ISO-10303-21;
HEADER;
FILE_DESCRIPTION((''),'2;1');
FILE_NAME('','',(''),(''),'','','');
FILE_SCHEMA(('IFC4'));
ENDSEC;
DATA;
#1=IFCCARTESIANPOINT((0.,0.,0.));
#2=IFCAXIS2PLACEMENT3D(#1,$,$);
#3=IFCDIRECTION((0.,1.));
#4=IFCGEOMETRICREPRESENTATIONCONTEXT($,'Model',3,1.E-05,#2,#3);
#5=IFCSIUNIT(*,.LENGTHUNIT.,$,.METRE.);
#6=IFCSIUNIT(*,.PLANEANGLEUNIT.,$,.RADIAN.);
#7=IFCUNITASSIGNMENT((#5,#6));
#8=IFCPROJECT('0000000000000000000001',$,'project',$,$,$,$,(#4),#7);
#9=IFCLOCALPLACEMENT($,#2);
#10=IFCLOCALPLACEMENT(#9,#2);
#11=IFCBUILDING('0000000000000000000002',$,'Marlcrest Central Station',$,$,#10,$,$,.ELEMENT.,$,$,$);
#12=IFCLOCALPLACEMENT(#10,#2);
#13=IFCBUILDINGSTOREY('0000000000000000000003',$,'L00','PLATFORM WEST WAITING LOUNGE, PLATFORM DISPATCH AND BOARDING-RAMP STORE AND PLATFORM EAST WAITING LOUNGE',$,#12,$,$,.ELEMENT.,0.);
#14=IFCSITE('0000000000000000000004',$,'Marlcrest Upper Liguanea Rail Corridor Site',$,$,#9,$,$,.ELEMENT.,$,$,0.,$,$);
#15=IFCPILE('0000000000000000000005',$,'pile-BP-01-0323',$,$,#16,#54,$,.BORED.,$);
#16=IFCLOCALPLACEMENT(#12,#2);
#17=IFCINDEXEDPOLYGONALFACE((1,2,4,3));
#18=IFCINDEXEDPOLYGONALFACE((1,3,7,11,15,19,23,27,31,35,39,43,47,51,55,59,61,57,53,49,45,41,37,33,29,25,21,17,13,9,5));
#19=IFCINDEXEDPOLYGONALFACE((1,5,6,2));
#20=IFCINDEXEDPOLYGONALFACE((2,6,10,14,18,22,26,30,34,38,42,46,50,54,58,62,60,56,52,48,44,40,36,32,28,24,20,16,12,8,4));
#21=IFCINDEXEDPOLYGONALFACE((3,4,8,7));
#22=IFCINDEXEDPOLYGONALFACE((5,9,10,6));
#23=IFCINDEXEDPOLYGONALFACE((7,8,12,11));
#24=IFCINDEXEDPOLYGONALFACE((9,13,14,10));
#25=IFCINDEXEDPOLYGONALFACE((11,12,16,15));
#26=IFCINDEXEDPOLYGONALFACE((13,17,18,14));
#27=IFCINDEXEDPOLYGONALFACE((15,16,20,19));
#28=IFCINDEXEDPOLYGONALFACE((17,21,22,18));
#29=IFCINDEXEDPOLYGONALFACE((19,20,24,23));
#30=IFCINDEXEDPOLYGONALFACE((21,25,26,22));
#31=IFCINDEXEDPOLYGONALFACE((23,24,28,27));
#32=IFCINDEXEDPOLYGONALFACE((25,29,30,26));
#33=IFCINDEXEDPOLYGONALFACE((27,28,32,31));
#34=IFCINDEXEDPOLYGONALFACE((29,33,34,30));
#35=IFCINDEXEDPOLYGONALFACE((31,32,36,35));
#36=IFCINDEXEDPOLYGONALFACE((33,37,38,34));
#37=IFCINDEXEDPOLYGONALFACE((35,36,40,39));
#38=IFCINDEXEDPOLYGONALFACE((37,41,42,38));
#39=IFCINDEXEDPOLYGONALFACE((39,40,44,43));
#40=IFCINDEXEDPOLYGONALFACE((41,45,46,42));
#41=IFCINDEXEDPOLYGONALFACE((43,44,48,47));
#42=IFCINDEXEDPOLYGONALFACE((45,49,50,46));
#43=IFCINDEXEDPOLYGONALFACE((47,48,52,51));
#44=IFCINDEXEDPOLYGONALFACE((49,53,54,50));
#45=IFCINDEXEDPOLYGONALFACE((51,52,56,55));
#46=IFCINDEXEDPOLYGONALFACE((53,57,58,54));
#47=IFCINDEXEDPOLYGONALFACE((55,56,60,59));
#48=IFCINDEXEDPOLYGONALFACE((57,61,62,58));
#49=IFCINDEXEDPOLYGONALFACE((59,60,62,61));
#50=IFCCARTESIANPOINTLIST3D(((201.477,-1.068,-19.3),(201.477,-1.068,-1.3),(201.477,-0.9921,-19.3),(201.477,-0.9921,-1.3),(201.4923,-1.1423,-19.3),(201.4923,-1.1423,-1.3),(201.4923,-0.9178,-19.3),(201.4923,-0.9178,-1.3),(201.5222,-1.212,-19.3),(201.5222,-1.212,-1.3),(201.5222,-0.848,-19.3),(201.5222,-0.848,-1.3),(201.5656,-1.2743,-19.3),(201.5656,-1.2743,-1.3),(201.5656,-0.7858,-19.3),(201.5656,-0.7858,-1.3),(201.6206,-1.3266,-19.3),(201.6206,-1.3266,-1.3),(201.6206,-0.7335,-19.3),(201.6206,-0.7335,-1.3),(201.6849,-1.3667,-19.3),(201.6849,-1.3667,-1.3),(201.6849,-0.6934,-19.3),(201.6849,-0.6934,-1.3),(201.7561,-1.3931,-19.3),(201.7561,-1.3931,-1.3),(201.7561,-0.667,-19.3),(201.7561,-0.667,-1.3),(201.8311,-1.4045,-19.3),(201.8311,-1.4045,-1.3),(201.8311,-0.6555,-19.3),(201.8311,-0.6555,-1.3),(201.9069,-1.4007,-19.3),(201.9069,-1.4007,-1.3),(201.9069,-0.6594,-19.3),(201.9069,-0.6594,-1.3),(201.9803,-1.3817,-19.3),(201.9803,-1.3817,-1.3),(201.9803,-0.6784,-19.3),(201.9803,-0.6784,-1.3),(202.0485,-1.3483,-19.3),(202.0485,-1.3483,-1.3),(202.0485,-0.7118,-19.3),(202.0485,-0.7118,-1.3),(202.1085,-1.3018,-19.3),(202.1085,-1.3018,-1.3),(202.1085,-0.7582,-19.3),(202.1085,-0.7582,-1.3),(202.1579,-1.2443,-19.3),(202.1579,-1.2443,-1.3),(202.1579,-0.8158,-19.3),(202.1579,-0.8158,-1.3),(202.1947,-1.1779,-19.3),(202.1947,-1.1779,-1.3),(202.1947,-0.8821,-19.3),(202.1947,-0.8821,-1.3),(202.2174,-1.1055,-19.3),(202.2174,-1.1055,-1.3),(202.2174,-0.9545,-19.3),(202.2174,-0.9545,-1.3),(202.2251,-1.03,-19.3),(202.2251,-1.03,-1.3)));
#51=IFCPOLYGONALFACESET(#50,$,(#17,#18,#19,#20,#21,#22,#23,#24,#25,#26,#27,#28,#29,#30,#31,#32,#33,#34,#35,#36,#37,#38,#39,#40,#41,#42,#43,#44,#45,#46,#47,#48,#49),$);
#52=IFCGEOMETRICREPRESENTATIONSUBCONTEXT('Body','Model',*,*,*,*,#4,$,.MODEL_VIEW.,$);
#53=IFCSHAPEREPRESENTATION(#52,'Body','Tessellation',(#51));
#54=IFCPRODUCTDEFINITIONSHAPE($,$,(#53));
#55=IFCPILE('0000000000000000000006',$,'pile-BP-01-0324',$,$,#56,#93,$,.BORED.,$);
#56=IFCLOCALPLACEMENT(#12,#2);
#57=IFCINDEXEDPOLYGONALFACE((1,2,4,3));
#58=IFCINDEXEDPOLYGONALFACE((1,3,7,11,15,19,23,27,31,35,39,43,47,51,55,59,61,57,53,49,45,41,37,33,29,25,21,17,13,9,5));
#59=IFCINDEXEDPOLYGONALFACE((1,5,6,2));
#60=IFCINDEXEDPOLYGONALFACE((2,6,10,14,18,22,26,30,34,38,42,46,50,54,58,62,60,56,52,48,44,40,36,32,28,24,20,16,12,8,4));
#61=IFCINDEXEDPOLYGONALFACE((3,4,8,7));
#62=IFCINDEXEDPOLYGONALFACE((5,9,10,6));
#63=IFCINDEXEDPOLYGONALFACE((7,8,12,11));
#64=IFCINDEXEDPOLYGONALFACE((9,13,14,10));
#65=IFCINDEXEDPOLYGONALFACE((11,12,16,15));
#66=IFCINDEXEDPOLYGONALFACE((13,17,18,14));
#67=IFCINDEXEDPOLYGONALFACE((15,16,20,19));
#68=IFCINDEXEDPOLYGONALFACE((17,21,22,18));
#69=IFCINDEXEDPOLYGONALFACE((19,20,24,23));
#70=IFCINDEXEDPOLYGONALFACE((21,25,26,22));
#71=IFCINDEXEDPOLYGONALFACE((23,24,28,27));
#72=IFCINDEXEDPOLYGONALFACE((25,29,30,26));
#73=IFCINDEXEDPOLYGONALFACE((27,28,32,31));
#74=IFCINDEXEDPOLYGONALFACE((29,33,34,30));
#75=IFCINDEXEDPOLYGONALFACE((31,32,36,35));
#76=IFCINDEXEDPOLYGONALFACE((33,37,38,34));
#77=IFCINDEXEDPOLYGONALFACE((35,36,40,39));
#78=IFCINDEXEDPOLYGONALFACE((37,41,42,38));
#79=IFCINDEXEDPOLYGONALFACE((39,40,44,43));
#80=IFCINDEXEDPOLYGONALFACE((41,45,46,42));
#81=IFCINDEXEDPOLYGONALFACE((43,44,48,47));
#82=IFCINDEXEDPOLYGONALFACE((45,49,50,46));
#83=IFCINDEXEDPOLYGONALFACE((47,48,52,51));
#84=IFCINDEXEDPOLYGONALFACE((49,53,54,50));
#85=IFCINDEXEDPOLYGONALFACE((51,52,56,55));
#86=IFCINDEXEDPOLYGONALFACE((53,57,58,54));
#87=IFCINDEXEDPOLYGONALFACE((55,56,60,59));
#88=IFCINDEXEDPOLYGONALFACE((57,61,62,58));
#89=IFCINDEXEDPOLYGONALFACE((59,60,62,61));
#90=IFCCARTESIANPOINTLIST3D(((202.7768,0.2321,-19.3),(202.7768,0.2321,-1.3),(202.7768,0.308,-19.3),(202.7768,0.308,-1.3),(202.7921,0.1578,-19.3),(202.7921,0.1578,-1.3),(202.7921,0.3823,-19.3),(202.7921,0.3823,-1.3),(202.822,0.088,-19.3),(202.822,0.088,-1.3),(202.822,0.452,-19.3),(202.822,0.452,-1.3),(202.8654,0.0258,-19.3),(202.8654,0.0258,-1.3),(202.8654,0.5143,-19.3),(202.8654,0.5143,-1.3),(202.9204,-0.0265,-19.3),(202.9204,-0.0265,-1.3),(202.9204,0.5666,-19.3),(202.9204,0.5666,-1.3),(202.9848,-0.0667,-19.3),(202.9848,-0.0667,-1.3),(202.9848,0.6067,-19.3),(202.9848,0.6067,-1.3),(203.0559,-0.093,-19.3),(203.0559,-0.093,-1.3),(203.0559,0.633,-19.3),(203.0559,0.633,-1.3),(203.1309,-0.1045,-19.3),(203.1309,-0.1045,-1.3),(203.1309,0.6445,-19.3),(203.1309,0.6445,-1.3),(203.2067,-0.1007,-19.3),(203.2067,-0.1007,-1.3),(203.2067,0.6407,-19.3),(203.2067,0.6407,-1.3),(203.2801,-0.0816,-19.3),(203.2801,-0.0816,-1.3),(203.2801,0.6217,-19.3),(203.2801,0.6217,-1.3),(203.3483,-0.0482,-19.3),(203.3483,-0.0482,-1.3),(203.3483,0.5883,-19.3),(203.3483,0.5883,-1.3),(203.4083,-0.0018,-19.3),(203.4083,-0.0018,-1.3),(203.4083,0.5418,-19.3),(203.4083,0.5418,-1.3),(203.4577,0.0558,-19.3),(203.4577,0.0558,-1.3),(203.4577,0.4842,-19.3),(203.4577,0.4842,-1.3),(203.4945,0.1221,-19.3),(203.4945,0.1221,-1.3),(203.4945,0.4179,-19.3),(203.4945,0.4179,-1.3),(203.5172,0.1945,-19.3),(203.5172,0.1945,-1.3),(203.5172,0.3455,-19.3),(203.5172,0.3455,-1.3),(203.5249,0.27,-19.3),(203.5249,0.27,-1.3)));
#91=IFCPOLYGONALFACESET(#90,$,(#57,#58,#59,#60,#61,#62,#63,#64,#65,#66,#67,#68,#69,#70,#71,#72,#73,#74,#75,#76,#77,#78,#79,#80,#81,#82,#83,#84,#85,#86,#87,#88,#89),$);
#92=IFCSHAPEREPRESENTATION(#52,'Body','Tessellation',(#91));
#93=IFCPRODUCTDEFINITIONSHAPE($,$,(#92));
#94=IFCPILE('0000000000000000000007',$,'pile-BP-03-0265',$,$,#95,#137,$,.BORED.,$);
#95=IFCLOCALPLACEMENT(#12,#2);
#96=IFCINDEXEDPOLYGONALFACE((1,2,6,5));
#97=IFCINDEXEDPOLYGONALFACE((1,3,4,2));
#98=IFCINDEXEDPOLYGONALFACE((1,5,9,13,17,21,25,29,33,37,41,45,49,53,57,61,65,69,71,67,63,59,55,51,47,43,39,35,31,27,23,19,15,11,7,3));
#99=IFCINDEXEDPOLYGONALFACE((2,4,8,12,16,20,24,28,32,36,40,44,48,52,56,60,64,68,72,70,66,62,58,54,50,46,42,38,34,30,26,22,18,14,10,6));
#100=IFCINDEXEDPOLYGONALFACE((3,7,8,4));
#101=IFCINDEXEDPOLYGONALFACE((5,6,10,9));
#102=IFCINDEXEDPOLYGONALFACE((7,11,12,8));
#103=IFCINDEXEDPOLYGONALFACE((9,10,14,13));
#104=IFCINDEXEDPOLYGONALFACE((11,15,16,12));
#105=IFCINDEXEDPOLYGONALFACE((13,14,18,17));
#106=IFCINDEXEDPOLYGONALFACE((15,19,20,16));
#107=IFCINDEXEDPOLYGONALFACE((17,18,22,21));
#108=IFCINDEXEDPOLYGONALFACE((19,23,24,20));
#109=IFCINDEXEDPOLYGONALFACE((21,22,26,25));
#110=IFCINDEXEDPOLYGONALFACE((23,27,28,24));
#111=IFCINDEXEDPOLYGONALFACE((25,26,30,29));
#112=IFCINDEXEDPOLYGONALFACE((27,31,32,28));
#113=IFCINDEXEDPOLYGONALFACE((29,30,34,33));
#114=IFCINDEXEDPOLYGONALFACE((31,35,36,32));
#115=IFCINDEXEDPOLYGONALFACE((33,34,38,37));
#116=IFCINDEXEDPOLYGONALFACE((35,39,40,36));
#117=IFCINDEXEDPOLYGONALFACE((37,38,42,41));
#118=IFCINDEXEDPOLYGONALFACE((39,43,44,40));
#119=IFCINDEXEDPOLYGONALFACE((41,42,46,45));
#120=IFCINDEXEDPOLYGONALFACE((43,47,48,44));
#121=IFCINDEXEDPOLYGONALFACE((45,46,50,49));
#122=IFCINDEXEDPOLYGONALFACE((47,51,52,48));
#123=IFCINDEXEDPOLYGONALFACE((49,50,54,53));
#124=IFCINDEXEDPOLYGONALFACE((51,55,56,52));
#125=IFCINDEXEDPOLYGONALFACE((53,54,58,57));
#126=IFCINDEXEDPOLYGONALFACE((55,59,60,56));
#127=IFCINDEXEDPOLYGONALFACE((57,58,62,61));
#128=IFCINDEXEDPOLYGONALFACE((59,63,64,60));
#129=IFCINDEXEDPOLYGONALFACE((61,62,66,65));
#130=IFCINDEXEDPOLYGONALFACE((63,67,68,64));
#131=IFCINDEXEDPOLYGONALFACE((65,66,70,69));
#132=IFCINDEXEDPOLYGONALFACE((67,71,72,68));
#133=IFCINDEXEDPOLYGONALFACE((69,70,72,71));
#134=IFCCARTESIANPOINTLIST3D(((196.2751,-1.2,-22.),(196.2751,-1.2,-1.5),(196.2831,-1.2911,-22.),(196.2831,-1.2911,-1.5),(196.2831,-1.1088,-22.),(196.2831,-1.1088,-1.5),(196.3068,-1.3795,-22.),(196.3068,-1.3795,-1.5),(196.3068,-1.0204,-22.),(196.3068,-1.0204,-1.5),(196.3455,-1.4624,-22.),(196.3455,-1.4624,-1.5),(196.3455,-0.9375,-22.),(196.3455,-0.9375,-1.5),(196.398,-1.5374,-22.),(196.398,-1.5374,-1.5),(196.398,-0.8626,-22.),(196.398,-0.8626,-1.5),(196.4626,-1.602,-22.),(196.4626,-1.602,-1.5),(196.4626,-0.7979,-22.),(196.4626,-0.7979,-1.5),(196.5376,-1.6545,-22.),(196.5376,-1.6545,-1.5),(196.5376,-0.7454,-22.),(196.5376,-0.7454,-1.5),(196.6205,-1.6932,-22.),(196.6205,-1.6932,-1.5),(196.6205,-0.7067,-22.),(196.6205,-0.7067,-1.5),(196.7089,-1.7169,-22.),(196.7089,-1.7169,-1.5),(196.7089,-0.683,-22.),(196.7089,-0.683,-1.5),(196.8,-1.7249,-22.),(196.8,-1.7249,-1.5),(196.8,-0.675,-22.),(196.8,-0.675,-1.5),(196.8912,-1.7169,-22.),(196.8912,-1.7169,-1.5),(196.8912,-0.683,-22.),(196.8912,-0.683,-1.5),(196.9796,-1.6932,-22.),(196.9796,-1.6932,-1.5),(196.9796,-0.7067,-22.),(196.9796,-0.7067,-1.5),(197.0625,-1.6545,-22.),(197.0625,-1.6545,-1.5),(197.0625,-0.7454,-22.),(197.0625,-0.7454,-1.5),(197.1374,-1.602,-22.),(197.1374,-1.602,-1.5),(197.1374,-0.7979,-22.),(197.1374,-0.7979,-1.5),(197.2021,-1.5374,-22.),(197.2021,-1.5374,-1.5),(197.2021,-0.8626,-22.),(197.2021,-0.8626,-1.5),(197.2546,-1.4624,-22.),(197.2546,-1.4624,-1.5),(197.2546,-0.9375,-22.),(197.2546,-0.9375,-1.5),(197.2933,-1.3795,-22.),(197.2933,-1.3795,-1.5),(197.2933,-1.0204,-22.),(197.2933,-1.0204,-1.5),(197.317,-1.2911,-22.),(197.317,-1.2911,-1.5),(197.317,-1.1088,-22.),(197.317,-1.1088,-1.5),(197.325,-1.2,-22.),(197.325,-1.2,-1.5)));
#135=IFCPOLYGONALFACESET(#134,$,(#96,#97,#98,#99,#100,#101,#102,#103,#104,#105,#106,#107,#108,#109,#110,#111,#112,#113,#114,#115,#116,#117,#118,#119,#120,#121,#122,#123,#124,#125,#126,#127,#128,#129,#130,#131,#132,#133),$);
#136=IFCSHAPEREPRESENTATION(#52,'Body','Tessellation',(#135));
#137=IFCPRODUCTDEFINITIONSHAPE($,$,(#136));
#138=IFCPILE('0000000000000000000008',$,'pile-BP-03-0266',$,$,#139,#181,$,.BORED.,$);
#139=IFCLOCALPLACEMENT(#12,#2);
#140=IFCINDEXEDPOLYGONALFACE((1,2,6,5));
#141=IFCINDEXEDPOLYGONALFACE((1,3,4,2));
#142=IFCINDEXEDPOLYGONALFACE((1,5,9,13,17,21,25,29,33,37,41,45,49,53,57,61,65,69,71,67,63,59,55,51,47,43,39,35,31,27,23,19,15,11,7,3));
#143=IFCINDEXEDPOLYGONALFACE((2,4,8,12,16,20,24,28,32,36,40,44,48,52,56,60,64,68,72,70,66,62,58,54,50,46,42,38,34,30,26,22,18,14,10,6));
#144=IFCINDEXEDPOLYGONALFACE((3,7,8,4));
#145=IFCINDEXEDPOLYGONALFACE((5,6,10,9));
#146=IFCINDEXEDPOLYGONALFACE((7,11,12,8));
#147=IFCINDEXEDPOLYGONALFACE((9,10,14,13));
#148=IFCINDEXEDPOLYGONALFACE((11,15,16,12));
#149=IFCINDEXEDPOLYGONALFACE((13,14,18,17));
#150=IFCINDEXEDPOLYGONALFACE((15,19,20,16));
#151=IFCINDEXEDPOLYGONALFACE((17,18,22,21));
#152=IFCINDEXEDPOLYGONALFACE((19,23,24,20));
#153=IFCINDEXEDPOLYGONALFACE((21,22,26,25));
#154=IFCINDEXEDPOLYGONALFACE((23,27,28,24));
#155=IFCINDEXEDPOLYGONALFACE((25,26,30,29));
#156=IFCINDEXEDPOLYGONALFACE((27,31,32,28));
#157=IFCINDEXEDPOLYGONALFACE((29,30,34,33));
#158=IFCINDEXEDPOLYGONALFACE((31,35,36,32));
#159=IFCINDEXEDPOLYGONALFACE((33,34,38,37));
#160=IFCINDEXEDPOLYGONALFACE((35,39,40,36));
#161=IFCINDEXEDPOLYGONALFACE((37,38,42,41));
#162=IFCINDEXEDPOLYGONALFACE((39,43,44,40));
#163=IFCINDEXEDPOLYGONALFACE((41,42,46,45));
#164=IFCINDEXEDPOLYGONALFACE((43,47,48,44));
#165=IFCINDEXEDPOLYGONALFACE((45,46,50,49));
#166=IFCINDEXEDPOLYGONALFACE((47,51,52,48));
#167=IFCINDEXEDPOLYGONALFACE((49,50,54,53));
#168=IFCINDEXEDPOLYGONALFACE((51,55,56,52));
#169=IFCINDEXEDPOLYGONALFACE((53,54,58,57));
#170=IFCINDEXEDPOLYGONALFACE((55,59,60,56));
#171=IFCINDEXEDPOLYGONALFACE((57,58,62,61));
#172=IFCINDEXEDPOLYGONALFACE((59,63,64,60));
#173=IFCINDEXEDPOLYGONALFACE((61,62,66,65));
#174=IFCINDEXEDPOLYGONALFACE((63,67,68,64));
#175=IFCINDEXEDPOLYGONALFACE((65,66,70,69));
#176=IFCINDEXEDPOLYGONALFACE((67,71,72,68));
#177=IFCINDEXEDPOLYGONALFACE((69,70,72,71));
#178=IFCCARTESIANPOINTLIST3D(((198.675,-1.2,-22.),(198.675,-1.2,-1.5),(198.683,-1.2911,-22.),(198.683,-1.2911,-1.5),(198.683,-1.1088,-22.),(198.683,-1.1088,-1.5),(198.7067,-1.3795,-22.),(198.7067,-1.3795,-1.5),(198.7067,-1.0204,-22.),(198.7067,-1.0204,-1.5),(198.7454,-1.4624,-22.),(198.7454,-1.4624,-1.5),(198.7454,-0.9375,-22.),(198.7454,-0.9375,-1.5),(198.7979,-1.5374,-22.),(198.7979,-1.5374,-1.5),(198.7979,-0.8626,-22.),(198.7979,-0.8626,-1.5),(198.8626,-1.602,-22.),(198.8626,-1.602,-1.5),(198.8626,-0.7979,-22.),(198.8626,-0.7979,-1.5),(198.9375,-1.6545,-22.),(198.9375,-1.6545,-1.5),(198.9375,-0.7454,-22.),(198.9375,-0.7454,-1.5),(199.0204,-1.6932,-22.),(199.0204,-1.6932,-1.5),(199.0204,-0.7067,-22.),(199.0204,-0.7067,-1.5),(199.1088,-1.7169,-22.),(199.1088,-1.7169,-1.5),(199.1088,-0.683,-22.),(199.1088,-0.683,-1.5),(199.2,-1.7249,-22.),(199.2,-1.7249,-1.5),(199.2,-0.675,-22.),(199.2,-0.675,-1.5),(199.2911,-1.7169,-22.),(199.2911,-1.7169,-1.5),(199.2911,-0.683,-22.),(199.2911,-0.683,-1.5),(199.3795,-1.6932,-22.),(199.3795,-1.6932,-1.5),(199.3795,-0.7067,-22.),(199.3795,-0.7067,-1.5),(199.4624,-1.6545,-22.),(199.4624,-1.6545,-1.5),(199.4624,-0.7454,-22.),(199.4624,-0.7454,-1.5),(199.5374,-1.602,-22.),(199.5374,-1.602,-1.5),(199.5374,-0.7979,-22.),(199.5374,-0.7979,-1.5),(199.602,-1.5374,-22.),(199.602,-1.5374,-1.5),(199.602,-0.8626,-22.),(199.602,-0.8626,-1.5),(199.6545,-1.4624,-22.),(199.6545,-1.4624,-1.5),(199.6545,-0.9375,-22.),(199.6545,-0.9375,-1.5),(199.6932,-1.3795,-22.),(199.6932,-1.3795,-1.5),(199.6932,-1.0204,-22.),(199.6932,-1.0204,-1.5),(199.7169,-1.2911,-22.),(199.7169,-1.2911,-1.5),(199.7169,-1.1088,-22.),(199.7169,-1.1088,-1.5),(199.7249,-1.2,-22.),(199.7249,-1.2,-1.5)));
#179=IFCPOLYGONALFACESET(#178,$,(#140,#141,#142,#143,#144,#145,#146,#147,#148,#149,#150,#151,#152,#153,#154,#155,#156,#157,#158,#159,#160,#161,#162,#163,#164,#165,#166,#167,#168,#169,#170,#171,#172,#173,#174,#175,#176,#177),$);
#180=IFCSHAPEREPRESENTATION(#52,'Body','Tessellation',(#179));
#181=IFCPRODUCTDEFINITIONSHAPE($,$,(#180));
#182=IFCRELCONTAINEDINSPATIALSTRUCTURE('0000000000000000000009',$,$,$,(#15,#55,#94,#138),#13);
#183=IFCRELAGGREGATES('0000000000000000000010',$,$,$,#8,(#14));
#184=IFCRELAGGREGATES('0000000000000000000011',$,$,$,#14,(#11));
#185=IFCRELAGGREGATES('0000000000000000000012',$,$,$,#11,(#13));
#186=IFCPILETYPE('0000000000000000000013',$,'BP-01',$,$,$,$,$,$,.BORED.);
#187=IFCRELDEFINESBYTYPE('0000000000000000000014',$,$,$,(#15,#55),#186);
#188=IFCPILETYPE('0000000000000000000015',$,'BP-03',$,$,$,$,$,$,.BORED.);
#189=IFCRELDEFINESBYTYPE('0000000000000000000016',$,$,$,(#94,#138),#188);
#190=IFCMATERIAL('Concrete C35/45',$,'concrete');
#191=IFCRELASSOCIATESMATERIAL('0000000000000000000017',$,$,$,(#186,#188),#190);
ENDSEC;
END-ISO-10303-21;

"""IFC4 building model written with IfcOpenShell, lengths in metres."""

from ifc_helpers import new_model, si_unit, direction, frame, origin, origin_2d, place, context, subcontext, project, spatial, circle, extrude, material, material_profile, profile_set, type_object, element, save


model = new_model("IFC4")

# Units and contexts
model_context = context("Model", 3, precision=1e-05, world=origin(), true_north=direction((0.0, 1.0)))
body_context = subcontext(model_context, "Body", "Model", "MODEL_VIEW")
ifc_project = project(units=[si_unit("LENGTHUNIT", "METRE"), si_unit("PLANEANGLEUNIT", "RADIAN")], contexts=[model_context])

# Site, building, storey
site_placement = place(None, origin())
site = spatial("IfcSite", under=ifc_project, at=site_placement, Name="Marlcrest Upper Liguanea Rail Corridor Site", CompositionType="ELEMENT", RefElevation=0.0)
building_placement = place(site_placement, origin())
building = spatial("IfcBuilding", under=site, at=building_placement, Name="Marlcrest Central Station", CompositionType="ELEMENT")
storey_placement = place(building_placement, origin())
storey = spatial("IfcBuildingStorey", under=building, at=storey_placement, Name="L00", Description="PLATFORM WEST WAITING LOUNGE, PLATFORM DISPATCH AND BOARDING-RAMP STORE AND PLATFORM EAST WAITING LOUNGE", CompositionType="ELEMENT", Elevation=0.0)

# Piles
ifc_material_1 = material(Name="Concrete C35/45", Category="concrete")
ifc_material_profile_1 = material_profile(ifc_material_1, circle(Radius=0.375, at=origin_2d()), Name="PILE D750")
ifc_profile_set_1 = profile_set([ifc_material_profile_1], Name="Concrete C35/45")
pile_type_1 = type_object("IfcPileType", Name="BP-01", PredefinedType="BORED", material=ifc_profile_set_1)
for number, where, z_axis, x_axis, name in (
    (1, (201.8501, -1.03, -1.3), (0.0, 0.0, -1.0), (1.0, 0.0, 0.0), "pile-BP-01-0323"),
    (2, (203.1499, 0.27, -1.3), (0.0, 0.0, -1.0), (1.0, 0.0, 0.0), "pile-BP-01-0324"),
):
    element("IfcPile", number, at=place(storey_placement, frame(where, z_axis=z_axis, x_axis=x_axis)), inside=storey, type_object=pile_type_1, Name=name, PredefinedType="BORED", context=body_context, shape_type="SweptSolid", body=[
        extrude(circle(Radius=0.375, at=origin_2d()), origin(), (0.0, 0.0, 1.0), 18.0),
    ])
ifc_material_profile_2 = material_profile(ifc_material_1, circle(Radius=0.5249, at=origin_2d()), Name="PILE D1050")
ifc_profile_set_2 = profile_set([ifc_material_profile_2], Name="Concrete C35/45")
pile_type_2 = type_object("IfcPileType", Name="BP-03", PredefinedType="BORED", material=ifc_profile_set_2)
for number, where, z_axis, x_axis, name in (
    (3, (196.8, -1.2, -1.5), (0.0, 0.0, -1.0), (1.0, 0.0, 0.0), "pile-BP-03-0265"),
    (4, (199.2, -1.2, -1.5), (0.0, 0.0, -1.0), (1.0, 0.0, 0.0), "pile-BP-03-0266"),
):
    element("IfcPile", number, at=place(storey_placement, frame(where, z_axis=z_axis, x_axis=x_axis)), inside=storey, type_object=pile_type_2, Name=name, PredefinedType="BORED", context=body_context, shape_type="SweptSolid", body=[
        extrude(circle(Radius=0.5249, at=origin_2d()), origin(), (0.0, 0.0, 1.0), 20.5),
    ])

save(model, "model.ifc")
